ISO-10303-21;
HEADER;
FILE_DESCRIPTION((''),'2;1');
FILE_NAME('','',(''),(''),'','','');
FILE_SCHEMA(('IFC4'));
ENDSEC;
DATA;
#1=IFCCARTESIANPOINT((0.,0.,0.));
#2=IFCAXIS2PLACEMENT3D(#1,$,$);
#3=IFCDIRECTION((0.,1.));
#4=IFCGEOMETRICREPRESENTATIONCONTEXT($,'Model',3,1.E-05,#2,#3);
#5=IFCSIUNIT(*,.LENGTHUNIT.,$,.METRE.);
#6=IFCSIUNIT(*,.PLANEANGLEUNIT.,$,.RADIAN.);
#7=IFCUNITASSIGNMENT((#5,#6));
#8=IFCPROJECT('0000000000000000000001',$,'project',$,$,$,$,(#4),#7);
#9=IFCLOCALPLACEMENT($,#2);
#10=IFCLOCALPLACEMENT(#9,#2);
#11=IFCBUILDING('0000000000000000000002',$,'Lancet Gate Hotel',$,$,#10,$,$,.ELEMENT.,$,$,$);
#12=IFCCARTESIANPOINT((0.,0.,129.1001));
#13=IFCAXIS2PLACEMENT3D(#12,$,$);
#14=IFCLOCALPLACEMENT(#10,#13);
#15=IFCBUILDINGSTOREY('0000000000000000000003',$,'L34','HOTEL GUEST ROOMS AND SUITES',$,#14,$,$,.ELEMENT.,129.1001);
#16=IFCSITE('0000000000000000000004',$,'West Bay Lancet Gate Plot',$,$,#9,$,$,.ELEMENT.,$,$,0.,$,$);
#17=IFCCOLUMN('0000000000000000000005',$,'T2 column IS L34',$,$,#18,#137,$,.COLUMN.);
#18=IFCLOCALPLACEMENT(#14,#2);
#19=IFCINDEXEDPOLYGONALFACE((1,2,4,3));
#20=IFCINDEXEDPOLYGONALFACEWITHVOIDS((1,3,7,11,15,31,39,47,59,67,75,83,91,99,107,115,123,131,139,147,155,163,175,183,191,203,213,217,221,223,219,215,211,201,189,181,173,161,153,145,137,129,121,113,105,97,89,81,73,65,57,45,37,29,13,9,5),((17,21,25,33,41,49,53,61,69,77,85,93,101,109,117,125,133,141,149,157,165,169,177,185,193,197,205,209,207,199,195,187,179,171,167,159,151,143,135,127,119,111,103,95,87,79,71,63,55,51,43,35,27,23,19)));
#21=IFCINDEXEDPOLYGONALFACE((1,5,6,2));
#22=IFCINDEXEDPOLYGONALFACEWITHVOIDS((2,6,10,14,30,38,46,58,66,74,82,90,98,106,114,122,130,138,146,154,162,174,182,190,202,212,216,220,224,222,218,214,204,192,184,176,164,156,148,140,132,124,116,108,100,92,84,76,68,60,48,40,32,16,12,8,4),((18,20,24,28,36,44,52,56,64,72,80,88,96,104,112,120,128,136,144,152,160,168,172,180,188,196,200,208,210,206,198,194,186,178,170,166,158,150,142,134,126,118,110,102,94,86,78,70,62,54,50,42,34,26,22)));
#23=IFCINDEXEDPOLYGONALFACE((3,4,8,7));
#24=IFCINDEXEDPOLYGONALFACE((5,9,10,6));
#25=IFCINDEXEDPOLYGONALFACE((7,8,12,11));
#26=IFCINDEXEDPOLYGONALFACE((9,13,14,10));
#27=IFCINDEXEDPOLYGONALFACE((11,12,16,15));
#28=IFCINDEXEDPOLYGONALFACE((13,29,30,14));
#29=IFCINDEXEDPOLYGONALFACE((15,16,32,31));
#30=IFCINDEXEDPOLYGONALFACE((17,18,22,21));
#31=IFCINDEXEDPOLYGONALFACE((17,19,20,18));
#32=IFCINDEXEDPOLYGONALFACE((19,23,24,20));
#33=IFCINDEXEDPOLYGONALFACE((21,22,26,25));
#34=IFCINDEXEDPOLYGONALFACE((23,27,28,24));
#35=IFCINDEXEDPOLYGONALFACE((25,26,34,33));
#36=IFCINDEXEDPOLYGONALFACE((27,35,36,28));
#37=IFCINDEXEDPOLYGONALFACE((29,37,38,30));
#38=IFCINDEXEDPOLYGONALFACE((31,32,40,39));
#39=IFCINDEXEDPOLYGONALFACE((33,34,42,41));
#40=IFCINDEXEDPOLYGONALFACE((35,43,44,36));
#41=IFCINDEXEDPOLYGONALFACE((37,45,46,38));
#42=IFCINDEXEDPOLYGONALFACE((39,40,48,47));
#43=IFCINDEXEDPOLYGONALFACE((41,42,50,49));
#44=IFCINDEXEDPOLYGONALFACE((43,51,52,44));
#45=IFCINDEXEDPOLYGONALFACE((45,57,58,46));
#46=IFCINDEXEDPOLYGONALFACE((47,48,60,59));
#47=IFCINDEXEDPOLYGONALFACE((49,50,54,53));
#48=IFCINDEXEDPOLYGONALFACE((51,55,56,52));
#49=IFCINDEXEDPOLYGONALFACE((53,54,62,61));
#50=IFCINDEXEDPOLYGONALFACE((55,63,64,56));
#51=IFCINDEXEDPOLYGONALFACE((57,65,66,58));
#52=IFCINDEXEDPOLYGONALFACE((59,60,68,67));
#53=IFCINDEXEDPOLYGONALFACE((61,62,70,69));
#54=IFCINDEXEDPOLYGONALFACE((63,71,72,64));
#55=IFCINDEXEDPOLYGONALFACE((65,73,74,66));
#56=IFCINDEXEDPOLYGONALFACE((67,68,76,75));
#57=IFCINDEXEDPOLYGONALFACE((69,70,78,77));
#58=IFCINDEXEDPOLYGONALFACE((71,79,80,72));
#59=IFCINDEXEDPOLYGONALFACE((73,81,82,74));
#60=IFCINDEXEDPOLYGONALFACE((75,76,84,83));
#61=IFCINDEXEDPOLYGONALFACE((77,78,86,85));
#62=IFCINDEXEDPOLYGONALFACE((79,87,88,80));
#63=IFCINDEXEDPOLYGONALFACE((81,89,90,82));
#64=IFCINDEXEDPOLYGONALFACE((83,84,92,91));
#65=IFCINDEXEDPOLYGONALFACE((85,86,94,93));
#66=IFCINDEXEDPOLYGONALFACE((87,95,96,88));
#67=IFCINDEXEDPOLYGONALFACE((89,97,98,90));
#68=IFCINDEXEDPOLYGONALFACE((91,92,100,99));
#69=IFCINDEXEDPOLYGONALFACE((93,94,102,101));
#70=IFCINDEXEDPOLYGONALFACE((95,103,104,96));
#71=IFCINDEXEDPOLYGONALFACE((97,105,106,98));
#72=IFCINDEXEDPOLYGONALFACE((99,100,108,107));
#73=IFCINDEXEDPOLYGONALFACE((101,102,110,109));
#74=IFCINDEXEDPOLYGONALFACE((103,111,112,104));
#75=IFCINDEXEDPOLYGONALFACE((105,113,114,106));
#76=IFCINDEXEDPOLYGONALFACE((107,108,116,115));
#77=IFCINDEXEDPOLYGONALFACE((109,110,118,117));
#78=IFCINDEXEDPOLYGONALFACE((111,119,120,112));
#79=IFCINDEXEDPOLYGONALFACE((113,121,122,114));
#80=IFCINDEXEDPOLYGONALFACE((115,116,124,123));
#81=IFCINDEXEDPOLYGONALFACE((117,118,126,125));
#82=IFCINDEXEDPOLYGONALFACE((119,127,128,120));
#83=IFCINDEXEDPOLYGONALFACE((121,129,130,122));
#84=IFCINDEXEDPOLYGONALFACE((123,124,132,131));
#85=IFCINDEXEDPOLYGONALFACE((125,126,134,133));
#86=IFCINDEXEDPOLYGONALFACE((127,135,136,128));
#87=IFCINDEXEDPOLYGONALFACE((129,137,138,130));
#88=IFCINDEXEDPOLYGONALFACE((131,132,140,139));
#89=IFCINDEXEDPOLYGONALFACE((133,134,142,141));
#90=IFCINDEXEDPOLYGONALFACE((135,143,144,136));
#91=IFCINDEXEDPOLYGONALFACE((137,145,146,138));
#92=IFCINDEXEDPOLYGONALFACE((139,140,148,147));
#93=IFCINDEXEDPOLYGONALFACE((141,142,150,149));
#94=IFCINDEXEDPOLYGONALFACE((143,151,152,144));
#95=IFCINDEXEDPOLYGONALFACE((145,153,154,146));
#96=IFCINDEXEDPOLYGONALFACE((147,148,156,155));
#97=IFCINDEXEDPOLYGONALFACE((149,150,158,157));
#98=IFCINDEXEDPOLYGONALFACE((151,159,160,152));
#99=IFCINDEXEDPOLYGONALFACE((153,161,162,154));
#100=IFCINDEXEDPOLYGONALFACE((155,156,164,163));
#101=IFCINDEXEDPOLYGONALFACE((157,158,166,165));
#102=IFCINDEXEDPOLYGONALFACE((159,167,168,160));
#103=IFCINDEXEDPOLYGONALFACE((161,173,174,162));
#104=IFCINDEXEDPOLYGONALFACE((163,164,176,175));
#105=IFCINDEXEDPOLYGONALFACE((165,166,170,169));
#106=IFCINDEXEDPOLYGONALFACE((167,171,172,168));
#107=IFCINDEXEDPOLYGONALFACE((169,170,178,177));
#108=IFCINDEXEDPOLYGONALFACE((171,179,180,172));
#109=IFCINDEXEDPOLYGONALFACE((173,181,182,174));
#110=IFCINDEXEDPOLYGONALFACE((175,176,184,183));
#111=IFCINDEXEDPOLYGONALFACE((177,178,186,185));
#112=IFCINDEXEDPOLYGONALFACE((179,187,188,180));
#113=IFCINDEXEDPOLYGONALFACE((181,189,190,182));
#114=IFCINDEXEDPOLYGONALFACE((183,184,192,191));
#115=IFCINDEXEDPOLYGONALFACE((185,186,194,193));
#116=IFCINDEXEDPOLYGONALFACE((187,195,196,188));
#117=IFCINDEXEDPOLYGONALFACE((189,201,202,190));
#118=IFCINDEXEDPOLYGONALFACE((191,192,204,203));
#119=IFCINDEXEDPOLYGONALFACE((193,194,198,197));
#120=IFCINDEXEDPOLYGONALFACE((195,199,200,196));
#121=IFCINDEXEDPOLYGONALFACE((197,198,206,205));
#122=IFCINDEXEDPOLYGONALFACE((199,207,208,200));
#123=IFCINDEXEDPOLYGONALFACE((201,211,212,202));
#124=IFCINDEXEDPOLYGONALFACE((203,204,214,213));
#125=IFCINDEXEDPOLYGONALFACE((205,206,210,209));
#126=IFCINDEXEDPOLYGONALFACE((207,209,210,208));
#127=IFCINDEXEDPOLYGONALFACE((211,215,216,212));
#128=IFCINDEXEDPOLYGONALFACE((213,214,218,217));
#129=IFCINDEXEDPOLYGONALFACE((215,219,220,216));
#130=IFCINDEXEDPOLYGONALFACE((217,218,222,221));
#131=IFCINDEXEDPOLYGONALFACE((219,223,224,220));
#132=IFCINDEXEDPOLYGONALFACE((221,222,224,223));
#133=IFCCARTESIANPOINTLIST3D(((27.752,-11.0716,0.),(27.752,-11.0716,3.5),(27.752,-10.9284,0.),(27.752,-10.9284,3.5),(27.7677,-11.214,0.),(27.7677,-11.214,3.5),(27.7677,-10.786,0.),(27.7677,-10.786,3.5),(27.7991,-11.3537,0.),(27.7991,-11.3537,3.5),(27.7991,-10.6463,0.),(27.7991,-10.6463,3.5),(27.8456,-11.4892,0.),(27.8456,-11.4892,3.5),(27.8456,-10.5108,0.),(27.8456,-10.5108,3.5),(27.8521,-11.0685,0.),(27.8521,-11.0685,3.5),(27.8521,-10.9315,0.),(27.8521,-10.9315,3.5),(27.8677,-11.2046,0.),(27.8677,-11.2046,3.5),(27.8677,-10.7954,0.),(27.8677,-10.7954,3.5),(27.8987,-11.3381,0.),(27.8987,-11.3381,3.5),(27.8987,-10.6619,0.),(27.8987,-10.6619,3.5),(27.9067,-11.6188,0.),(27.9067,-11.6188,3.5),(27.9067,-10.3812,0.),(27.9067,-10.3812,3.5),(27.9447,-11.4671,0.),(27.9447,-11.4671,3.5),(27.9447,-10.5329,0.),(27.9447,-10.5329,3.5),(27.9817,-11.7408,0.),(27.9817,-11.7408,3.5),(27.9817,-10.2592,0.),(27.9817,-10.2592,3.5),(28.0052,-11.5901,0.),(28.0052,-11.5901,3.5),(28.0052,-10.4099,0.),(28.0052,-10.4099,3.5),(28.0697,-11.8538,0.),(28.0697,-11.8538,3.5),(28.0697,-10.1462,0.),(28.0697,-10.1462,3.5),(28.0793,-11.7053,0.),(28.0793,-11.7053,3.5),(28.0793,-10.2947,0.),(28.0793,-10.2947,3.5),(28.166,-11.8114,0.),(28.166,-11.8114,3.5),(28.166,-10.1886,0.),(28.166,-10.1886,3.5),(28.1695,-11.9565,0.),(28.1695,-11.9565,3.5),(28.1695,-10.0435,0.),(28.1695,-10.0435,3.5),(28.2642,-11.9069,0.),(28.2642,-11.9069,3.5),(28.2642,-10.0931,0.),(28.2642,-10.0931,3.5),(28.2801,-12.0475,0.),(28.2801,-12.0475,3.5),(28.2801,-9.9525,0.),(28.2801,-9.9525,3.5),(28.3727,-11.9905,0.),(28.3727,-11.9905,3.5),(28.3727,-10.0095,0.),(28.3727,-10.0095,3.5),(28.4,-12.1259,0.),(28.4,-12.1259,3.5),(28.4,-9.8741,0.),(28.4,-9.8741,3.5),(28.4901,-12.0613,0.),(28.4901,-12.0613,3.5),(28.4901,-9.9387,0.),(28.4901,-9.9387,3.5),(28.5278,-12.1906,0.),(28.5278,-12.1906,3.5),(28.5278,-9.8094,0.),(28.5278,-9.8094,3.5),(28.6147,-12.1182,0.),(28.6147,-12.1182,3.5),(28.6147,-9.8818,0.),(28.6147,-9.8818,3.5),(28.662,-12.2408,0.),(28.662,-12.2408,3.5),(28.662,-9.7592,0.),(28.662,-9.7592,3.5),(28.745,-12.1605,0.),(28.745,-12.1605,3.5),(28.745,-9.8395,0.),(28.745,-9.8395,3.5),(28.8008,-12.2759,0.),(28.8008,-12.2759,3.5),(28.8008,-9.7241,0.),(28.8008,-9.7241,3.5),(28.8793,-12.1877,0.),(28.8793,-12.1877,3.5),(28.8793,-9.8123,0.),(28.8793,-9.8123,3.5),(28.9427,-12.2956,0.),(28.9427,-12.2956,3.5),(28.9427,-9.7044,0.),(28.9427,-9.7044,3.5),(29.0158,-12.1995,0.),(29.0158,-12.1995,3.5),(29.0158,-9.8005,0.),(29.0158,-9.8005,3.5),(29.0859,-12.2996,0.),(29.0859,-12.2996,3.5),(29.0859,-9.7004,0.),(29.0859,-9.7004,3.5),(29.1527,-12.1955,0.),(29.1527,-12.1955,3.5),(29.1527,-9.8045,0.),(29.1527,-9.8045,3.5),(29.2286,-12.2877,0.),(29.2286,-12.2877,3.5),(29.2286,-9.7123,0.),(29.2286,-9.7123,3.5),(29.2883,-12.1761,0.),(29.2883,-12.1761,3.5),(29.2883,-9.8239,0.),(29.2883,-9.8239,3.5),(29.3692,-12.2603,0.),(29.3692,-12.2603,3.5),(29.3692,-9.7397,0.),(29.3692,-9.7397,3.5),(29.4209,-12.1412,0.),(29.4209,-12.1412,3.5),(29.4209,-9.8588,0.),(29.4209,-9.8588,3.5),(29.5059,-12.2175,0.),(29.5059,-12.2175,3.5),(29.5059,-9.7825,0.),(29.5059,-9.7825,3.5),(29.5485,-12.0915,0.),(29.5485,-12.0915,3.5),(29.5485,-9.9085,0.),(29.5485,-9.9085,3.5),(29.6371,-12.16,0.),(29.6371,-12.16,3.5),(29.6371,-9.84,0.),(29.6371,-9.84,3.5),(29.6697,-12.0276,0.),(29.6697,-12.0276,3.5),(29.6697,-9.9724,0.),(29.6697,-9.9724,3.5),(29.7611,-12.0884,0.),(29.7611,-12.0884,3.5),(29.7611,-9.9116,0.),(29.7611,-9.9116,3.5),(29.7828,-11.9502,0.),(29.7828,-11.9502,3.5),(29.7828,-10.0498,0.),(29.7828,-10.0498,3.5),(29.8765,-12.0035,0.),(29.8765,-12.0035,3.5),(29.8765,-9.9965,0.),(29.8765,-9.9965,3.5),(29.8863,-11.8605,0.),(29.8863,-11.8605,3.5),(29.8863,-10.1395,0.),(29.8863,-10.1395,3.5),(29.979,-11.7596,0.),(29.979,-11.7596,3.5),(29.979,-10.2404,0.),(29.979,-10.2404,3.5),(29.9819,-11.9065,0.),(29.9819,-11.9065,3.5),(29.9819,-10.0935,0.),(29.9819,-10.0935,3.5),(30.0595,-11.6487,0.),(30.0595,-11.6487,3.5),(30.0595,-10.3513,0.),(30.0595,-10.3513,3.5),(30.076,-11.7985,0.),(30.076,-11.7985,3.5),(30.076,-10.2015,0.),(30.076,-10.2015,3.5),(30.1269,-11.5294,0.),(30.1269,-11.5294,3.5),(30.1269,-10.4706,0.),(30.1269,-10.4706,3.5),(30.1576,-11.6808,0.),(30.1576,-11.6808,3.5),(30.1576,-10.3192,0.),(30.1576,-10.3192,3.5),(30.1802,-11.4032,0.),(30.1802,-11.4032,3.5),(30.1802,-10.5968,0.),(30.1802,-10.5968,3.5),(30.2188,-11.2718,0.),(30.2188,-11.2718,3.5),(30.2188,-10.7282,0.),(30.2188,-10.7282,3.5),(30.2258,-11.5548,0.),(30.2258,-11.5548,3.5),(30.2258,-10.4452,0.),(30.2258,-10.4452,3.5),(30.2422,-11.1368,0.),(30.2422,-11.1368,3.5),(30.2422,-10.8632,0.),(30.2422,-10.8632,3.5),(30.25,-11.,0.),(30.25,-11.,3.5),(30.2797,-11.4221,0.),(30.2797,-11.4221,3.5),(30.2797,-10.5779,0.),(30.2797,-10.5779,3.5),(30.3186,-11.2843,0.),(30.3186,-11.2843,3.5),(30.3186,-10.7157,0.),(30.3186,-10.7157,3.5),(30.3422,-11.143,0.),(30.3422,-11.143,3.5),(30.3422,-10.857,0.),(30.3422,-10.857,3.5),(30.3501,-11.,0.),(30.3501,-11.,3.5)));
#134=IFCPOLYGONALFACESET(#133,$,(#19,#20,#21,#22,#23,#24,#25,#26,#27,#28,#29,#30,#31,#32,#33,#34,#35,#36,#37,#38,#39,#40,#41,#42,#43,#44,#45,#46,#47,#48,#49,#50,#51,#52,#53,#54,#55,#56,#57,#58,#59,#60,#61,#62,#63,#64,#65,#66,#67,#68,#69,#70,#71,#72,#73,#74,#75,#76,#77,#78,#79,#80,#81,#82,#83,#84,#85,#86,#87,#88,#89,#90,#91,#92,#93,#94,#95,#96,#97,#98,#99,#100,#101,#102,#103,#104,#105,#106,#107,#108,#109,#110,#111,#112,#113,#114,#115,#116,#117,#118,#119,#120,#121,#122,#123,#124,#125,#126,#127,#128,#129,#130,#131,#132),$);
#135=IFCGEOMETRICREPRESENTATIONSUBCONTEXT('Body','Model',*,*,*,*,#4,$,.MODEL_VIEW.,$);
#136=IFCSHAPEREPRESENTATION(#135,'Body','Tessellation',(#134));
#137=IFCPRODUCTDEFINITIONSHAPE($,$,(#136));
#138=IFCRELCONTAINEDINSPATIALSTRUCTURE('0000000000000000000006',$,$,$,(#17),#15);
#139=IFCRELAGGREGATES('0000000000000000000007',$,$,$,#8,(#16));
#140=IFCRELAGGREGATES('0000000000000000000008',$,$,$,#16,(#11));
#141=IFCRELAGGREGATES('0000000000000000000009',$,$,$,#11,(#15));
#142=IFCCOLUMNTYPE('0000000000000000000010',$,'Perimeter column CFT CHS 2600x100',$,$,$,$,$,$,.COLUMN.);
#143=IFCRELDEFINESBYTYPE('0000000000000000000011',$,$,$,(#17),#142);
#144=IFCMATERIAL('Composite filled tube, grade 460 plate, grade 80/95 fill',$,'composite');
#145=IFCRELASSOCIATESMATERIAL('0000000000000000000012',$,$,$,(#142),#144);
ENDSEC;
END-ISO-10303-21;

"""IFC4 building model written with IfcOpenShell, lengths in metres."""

from ifc_helpers import new_model, si_unit, direction, frame, origin, origin_2d, place, context, subcontext, project, spatial, hollow_circle, extrude, material, material_profile, profile_set, type_object, element, save


model = new_model("IFC4")

# Units and contexts
model_context = context("Model", 3, precision=1e-05, world=origin(), true_north=direction((0.0, 1.0)))
body_context = subcontext(model_context, "Body", "Model", "MODEL_VIEW")
ifc_project = project(units=[si_unit("LENGTHUNIT", "METRE"), si_unit("PLANEANGLEUNIT", "RADIAN")], contexts=[model_context])

# Site, building, storey
site_placement = place(None, origin())
site = spatial("IfcSite", under=ifc_project, at=site_placement, Name="West Bay Lancet Gate Plot", CompositionType="ELEMENT", RefElevation=0.0)
building_placement = place(site_placement, origin())
building = spatial("IfcBuilding", under=site, at=building_placement, Name="Lancet Gate Hotel", CompositionType="ELEMENT")
storey_placement = place(building_placement, frame((0.0, 0.0, 129.1001)))
storey = spatial("IfcBuildingStorey", under=building, at=storey_placement, Name="L34", Description="HOTEL GUEST ROOMS AND SUITES", CompositionType="ELEMENT", Elevation=129.1001)

# Column
ifc_material_1 = material(Name="Composite filled tube, grade 460 plate, grade 80/95 fill", Category="composite")
ifc_material_profile_1 = material_profile(ifc_material_1, hollow_circle(Radius=1.3, WallThickness=0.1001, at=origin_2d()), Name="CHS 2600x100")
ifc_profile_set_1 = profile_set([ifc_material_profile_1], Name="Composite filled tube, grade 460 plate, grade 80/95 fill")
column_type = type_object("IfcColumnType", Name="Perimeter column CFT CHS 2600x100", PredefinedType="COLUMN", material=ifc_profile_set_1)
for number, where, z_axis, x_axis, name in (
    (1, (29.05, -11.0, 0.0), (0.0, 0.0, 1.0), (1.0, 0.0, 0.0), "T2 column IS L34"),
):
    element("IfcColumn", number, at=place(storey_placement, frame(where, z_axis=z_axis, x_axis=x_axis)), inside=storey, type_object=column_type, Name=name, PredefinedType="COLUMN", context=body_context, shape_type="SweptSolid", body=[
        extrude(hollow_circle(Radius=1.3, WallThickness=0.1001, at=origin_2d()), origin(), (0.0, 0.0, 1.0), 3.5),
    ])

save(model, "model.ifc")
